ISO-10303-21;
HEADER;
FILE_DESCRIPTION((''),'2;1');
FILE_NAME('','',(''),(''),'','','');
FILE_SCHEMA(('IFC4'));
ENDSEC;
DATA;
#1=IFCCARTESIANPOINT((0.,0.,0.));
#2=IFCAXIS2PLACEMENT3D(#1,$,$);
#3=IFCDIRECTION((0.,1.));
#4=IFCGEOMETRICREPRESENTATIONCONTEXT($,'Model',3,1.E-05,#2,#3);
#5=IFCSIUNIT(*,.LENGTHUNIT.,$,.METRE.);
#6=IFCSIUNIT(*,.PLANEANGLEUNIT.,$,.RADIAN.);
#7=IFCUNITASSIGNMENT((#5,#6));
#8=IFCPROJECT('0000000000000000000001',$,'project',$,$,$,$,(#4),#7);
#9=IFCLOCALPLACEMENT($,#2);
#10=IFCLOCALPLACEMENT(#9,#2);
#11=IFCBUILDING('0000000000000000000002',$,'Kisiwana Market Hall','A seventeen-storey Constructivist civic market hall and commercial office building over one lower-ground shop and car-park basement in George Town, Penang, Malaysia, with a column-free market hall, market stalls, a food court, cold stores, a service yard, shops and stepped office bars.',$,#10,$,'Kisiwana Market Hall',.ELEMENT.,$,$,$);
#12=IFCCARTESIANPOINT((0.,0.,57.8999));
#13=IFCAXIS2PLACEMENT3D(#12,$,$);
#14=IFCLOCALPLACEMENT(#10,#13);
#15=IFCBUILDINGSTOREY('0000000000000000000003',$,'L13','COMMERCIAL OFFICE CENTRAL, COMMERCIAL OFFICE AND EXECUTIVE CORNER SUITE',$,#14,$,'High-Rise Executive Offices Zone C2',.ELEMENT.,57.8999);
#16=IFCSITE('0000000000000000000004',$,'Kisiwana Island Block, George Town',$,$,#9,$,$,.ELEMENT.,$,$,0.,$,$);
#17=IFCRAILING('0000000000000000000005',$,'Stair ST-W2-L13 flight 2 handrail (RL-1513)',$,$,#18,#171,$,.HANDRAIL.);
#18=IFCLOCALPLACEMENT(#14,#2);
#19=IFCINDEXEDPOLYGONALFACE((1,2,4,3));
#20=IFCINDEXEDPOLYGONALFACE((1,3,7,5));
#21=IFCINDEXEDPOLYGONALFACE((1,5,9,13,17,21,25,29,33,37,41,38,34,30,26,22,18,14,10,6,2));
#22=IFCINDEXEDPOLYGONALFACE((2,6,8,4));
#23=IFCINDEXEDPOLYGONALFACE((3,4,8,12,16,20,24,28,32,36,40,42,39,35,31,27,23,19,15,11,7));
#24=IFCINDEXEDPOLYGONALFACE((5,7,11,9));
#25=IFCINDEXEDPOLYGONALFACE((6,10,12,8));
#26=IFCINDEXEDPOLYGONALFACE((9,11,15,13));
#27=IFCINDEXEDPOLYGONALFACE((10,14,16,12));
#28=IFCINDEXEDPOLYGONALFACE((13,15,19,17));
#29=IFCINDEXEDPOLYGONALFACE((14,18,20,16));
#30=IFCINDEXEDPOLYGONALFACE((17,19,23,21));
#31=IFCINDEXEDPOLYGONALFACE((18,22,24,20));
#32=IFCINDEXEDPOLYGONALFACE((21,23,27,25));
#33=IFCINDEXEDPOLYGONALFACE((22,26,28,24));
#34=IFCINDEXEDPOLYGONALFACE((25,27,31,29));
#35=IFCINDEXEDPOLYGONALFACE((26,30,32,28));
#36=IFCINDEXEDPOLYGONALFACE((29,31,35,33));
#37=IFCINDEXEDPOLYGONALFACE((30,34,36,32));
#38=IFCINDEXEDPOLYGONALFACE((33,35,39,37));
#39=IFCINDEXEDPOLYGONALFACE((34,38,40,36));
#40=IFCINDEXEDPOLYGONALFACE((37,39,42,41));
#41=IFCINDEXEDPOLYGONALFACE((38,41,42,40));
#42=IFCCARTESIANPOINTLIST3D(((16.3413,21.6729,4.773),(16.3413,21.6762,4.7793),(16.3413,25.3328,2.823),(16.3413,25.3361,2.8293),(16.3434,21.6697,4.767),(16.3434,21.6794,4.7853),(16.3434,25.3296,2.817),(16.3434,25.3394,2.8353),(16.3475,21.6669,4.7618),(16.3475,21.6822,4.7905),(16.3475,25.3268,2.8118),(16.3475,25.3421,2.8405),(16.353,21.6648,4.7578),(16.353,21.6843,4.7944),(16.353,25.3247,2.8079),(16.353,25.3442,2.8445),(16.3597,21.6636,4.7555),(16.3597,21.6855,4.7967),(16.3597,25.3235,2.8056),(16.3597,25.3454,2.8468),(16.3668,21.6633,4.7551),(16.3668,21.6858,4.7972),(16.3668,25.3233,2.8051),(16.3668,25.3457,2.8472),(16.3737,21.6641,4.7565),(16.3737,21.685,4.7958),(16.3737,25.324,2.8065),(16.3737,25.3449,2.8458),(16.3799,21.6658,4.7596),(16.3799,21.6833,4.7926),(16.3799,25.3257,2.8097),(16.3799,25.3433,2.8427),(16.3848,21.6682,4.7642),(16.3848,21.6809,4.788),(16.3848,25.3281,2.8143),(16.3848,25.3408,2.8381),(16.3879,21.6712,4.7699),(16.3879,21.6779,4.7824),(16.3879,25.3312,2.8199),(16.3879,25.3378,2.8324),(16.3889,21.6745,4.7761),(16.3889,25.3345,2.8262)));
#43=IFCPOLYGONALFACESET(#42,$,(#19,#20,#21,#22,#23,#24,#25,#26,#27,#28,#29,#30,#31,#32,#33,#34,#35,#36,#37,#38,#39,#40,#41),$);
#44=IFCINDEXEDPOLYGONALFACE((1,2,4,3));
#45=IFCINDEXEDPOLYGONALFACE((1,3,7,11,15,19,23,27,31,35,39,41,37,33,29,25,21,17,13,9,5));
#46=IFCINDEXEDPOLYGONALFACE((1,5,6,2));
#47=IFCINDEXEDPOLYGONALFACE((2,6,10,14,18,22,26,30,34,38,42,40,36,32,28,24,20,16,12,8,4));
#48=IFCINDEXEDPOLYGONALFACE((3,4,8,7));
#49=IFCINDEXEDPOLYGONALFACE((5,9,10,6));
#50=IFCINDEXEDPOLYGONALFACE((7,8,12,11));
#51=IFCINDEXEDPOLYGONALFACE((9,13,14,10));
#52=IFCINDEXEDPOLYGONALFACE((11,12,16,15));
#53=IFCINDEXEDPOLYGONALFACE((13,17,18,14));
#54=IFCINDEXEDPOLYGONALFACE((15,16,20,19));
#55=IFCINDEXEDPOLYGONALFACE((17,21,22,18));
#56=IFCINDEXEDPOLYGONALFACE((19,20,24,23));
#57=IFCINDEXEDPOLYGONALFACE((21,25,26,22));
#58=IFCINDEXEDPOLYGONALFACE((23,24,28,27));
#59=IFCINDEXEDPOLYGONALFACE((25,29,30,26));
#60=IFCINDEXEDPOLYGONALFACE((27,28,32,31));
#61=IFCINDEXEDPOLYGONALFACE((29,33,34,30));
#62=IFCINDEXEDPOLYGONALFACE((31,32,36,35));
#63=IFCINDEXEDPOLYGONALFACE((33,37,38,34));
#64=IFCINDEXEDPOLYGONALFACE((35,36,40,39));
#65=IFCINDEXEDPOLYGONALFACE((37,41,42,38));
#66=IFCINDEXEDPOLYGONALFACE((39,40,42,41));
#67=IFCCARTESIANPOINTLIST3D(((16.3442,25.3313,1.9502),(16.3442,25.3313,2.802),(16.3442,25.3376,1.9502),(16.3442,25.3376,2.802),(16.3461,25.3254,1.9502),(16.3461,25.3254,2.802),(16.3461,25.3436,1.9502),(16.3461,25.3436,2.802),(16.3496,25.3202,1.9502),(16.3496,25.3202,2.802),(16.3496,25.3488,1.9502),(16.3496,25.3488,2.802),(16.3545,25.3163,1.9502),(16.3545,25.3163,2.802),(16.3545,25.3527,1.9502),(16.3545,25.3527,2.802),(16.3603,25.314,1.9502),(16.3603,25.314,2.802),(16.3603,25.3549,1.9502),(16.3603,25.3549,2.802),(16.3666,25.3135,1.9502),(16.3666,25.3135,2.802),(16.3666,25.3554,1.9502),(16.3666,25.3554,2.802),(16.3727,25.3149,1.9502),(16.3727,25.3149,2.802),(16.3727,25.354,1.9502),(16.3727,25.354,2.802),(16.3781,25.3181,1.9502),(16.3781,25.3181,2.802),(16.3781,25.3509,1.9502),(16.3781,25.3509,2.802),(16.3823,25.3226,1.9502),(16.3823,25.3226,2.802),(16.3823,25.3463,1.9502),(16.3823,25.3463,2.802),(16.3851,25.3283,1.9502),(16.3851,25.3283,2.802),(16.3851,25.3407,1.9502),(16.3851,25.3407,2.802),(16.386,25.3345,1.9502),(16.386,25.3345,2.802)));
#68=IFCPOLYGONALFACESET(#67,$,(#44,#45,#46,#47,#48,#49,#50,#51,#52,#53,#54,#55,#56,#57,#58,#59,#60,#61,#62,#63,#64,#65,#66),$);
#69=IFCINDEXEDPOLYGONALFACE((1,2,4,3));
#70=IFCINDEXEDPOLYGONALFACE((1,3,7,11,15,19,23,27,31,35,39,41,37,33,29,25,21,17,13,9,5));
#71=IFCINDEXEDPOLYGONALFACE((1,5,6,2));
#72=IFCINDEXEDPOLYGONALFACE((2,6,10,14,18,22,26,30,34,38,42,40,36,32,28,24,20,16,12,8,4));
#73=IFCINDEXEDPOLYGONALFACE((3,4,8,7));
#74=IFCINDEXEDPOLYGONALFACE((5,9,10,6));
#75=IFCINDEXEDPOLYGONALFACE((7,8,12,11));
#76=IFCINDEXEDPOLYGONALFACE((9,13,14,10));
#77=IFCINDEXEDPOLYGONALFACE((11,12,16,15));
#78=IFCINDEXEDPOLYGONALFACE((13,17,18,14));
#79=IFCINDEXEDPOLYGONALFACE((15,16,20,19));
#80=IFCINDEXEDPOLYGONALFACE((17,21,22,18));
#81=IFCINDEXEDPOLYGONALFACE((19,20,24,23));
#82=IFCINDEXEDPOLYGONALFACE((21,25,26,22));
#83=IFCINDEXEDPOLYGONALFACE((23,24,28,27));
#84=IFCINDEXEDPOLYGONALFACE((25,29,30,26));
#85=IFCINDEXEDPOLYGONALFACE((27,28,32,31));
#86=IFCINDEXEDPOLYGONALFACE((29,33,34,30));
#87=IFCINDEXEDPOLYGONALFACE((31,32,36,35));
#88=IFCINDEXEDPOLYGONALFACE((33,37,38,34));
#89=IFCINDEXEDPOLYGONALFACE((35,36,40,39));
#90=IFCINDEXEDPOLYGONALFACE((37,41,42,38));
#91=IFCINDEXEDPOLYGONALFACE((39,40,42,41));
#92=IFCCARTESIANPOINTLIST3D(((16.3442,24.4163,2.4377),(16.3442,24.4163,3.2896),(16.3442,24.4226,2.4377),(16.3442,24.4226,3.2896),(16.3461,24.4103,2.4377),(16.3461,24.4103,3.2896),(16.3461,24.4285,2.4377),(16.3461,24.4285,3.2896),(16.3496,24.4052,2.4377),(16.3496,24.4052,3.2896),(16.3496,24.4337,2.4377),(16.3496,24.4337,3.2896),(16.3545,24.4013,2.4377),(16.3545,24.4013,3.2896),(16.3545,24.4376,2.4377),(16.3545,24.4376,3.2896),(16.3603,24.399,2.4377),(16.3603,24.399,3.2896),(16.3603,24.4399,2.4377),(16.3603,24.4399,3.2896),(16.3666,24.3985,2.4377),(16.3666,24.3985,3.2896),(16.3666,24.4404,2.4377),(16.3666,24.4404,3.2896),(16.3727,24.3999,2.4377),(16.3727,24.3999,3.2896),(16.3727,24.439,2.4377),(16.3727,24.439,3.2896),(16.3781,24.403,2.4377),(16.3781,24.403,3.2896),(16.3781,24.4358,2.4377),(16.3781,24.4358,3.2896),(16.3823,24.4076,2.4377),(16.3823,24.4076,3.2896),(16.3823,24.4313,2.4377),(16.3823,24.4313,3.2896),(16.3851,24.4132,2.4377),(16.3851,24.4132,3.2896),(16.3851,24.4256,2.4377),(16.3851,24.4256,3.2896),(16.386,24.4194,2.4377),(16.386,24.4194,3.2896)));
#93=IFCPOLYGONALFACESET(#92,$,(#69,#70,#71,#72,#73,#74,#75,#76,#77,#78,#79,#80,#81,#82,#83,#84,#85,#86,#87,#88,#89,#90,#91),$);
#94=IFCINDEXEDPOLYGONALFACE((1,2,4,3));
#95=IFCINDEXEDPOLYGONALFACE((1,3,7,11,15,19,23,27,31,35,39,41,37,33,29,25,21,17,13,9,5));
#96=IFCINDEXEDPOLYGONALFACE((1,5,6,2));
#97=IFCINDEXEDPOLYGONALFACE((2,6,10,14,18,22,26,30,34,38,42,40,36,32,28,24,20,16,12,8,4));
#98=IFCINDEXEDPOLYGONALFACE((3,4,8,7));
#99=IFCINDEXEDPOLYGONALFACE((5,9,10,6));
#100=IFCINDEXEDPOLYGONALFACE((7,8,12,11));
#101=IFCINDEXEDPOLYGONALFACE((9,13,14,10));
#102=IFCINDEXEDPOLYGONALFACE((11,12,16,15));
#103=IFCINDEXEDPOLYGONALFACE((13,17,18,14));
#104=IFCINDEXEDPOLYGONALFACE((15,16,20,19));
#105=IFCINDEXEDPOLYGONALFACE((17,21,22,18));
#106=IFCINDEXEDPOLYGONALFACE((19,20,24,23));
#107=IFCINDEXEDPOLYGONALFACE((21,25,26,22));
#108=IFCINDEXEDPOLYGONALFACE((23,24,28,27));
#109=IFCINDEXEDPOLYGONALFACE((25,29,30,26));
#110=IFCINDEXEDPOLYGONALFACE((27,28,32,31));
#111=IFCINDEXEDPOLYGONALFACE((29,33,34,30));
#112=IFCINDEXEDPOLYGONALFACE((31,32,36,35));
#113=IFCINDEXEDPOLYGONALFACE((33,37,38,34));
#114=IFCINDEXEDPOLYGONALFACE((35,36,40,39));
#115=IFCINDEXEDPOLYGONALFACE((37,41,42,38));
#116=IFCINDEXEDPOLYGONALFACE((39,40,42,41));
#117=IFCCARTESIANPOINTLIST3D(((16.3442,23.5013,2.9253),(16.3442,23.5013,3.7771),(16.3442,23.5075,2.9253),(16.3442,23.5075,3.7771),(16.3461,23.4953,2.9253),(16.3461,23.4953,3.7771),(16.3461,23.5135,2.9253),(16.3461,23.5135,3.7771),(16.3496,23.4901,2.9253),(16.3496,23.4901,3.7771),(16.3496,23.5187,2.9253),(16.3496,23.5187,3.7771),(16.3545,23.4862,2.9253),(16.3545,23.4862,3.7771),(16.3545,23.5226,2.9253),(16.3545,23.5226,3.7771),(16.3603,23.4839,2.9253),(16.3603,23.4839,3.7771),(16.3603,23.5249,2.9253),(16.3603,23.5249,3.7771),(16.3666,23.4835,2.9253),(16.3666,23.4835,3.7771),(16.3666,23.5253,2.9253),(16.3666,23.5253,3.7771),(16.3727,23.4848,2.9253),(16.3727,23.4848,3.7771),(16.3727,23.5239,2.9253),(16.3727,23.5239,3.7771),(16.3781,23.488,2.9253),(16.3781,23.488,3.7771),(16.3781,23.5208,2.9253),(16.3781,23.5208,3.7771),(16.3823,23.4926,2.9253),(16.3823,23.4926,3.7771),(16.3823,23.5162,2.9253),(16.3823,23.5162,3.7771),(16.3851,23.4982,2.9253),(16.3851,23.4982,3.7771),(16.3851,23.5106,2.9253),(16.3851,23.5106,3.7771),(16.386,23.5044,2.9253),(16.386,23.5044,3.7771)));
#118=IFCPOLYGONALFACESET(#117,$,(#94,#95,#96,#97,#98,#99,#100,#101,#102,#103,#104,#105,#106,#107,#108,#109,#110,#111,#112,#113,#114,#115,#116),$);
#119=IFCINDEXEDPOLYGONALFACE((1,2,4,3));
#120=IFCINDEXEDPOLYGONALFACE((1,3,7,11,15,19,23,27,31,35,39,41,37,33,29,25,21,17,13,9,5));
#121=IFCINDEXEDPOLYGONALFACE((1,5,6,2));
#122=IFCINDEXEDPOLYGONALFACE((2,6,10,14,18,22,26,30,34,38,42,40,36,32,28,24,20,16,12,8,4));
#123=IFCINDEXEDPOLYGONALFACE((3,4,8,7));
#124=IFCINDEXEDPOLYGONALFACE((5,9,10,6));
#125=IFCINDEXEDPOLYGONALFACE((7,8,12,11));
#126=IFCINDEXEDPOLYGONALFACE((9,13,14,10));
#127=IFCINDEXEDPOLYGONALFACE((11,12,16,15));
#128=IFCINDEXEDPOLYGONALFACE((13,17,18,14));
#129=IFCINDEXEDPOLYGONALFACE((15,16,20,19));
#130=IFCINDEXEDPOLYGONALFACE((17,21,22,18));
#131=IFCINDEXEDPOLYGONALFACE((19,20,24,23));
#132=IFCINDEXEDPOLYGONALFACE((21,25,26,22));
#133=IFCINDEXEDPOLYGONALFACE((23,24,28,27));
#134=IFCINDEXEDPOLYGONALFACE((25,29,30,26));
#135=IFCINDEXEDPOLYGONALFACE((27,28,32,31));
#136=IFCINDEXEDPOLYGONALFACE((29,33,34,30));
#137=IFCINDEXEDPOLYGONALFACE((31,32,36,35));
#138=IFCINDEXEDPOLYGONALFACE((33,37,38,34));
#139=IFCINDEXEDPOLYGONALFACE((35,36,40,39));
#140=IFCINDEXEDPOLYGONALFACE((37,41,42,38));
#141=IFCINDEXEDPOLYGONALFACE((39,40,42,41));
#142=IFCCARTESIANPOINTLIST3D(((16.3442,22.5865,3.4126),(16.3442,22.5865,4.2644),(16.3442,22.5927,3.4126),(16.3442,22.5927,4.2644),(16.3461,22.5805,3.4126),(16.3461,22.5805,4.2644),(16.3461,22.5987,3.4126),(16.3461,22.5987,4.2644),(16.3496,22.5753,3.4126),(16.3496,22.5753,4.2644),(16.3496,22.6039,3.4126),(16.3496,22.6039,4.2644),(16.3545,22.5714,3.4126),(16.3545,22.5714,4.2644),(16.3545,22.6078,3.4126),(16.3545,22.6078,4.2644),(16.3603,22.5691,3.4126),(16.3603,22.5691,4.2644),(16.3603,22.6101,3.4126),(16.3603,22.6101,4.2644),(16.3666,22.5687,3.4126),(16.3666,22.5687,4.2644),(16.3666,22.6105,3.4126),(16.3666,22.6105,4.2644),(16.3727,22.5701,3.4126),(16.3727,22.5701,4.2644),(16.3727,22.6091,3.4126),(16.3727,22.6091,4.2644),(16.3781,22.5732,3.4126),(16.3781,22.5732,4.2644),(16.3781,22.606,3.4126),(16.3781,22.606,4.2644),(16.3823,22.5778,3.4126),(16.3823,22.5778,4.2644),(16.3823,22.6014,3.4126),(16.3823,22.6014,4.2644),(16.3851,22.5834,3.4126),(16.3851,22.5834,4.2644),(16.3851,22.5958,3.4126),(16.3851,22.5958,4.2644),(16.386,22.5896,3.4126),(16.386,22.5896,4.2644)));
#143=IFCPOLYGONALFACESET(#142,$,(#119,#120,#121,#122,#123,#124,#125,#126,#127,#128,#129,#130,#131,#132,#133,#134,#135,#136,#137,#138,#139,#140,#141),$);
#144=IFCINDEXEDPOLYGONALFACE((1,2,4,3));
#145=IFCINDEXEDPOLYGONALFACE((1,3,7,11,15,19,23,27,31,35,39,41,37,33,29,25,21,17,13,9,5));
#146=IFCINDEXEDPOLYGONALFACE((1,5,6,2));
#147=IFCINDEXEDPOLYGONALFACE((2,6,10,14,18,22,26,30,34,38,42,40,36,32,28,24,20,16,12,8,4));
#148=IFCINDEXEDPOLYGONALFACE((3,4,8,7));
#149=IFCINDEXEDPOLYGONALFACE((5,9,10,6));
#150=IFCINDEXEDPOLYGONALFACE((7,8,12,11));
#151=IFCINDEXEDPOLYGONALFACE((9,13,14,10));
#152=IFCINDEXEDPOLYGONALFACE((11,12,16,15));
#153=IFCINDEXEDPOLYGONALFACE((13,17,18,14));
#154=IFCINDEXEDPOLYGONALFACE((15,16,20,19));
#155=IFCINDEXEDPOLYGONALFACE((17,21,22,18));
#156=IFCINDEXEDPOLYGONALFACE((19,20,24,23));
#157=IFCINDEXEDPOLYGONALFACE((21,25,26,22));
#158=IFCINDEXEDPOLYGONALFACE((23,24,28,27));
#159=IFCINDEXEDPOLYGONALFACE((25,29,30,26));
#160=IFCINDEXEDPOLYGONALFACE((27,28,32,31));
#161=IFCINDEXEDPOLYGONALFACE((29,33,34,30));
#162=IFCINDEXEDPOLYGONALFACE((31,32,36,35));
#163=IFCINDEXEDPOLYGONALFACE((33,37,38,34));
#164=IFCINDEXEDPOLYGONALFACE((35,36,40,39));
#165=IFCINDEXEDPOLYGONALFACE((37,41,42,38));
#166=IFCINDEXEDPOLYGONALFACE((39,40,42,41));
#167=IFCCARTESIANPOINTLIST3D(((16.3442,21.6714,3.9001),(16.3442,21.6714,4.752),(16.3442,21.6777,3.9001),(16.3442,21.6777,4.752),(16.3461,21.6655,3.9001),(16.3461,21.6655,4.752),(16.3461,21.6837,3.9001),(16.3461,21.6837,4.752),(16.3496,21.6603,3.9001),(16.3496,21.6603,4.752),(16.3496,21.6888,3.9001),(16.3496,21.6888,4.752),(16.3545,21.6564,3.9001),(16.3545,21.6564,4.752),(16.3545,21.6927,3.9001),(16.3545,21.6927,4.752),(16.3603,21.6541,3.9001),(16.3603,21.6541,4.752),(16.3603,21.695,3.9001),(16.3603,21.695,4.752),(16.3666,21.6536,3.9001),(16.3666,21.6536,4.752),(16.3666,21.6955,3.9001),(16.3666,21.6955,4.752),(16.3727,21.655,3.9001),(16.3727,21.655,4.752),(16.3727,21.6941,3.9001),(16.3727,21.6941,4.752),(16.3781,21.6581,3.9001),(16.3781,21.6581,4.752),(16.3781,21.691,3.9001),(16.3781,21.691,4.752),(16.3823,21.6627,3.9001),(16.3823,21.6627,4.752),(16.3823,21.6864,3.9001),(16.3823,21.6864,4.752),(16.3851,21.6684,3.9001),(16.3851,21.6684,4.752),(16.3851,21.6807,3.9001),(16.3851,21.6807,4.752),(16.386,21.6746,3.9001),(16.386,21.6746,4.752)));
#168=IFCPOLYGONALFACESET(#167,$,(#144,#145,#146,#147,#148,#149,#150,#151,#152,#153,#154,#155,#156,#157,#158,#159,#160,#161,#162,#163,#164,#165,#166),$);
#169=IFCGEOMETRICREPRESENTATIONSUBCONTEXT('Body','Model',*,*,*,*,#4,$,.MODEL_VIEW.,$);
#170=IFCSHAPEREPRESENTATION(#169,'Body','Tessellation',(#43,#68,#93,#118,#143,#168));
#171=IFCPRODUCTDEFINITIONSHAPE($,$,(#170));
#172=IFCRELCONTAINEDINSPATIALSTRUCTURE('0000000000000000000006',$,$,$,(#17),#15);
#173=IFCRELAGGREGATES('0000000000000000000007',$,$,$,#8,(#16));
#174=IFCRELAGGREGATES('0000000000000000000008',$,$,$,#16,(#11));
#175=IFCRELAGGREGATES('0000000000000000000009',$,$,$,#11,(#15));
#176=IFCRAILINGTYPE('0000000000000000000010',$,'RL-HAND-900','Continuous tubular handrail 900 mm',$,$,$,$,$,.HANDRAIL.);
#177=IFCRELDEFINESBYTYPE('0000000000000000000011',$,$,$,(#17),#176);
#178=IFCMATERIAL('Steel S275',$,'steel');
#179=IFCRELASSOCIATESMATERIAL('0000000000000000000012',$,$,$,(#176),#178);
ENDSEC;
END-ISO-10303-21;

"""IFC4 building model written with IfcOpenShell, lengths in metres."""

from ifc_helpers import new_model, si_unit, direction, frame, origin, origin_2d, place, context, subcontext, project, spatial, circle, extrude, material, type_object, element, save


model = new_model("IFC4")

# Units and contexts
model_context = context("Model", 3, precision=1e-05, world=origin(), true_north=direction((0.0, 1.0)))
body_context = subcontext(model_context, "Body", "Model", "MODEL_VIEW")
ifc_project = project(units=[si_unit("LENGTHUNIT", "METRE"), si_unit("PLANEANGLEUNIT", "RADIAN")], contexts=[model_context])

# Site, building, storey
site_placement = place(None, origin())
site = spatial("IfcSite", under=ifc_project, at=site_placement, Name="Kisiwana Island Block, George Town", CompositionType="ELEMENT", RefElevation=0.0)
building_placement = place(site_placement, origin())
building = spatial("IfcBuilding", under=site, at=building_placement, Name="Kisiwana Market Hall", Description="A seventeen-storey Constructivist civic market hall and commercial office building over one lower-ground shop and car-park basement in George Town, Penang, Malaysia, with a column-free market hall, market stalls, a food court, cold stores, a service yard, shops and stepped office bars.", LongName="Kisiwana Market Hall", CompositionType="ELEMENT")
storey_placement = place(building_placement, frame((0.0, 0.0, 57.8999)))
storey = spatial("IfcBuildingStorey", under=building, at=storey_placement, Name="L13", Description="COMMERCIAL OFFICE CENTRAL, COMMERCIAL OFFICE AND EXECUTIVE CORNER SUITE", LongName="High-Rise Executive Offices Zone C2", CompositionType="ELEMENT", Elevation=57.8999)

# Railing
ifc_material_1 = material(Name="Steel S275", Category="steel")
railing_type_1 = type_object("IfcRailingType", Name="RL-HAND-900", Description="Continuous tubular handrail 900 mm", PredefinedType="HANDRAIL", material=ifc_material_1)
railing_1_placement = place(storey_placement, frame((16.365, 25.3345, 1.9502)))
element("IfcRailing", 1, at=railing_1_placement, inside=storey, type_object=railing_type_1, Name="Stair ST-W2-L13 flight 2 handrail (RL-1513)", PredefinedType="HANDRAIL", context=body_context, shape_type="SweptSolid", body=[
    extrude(circle(Radius=0.0239, at=origin_2d()), frame((0.0, 0.0, 0.876), z_axis=(0.0, -0.882553, 0.470212), x_axis=(1.0, 0.0, 0.0)), (0.0, 0.0, 1.0), 4.147),
    extrude(circle(Radius=0.021, at=origin_2d()), origin(), (0.0, 0.0, 1.0), 0.8518),
    extrude(circle(Radius=0.021, at=origin_2d()), frame((0.0, -0.915, 0.4875)), (0.0, 0.0, 1.0), 0.8518),
    extrude(circle(Radius=0.021, at=origin_2d()), frame((0.0, -1.8301, 0.9751)), (0.0, 0.0, 1.0), 0.8518),
    extrude(circle(Radius=0.021, at=origin_2d()), frame((0.0, -2.7449, 1.4624)), (0.0, 0.0, 1.0), 0.8518),
    extrude(circle(Radius=0.021, at=origin_2d()), frame((0.0, -3.6599, 1.95)), (0.0, 0.0, 1.0), 0.8518),
])

save(model, "model.ifc")
